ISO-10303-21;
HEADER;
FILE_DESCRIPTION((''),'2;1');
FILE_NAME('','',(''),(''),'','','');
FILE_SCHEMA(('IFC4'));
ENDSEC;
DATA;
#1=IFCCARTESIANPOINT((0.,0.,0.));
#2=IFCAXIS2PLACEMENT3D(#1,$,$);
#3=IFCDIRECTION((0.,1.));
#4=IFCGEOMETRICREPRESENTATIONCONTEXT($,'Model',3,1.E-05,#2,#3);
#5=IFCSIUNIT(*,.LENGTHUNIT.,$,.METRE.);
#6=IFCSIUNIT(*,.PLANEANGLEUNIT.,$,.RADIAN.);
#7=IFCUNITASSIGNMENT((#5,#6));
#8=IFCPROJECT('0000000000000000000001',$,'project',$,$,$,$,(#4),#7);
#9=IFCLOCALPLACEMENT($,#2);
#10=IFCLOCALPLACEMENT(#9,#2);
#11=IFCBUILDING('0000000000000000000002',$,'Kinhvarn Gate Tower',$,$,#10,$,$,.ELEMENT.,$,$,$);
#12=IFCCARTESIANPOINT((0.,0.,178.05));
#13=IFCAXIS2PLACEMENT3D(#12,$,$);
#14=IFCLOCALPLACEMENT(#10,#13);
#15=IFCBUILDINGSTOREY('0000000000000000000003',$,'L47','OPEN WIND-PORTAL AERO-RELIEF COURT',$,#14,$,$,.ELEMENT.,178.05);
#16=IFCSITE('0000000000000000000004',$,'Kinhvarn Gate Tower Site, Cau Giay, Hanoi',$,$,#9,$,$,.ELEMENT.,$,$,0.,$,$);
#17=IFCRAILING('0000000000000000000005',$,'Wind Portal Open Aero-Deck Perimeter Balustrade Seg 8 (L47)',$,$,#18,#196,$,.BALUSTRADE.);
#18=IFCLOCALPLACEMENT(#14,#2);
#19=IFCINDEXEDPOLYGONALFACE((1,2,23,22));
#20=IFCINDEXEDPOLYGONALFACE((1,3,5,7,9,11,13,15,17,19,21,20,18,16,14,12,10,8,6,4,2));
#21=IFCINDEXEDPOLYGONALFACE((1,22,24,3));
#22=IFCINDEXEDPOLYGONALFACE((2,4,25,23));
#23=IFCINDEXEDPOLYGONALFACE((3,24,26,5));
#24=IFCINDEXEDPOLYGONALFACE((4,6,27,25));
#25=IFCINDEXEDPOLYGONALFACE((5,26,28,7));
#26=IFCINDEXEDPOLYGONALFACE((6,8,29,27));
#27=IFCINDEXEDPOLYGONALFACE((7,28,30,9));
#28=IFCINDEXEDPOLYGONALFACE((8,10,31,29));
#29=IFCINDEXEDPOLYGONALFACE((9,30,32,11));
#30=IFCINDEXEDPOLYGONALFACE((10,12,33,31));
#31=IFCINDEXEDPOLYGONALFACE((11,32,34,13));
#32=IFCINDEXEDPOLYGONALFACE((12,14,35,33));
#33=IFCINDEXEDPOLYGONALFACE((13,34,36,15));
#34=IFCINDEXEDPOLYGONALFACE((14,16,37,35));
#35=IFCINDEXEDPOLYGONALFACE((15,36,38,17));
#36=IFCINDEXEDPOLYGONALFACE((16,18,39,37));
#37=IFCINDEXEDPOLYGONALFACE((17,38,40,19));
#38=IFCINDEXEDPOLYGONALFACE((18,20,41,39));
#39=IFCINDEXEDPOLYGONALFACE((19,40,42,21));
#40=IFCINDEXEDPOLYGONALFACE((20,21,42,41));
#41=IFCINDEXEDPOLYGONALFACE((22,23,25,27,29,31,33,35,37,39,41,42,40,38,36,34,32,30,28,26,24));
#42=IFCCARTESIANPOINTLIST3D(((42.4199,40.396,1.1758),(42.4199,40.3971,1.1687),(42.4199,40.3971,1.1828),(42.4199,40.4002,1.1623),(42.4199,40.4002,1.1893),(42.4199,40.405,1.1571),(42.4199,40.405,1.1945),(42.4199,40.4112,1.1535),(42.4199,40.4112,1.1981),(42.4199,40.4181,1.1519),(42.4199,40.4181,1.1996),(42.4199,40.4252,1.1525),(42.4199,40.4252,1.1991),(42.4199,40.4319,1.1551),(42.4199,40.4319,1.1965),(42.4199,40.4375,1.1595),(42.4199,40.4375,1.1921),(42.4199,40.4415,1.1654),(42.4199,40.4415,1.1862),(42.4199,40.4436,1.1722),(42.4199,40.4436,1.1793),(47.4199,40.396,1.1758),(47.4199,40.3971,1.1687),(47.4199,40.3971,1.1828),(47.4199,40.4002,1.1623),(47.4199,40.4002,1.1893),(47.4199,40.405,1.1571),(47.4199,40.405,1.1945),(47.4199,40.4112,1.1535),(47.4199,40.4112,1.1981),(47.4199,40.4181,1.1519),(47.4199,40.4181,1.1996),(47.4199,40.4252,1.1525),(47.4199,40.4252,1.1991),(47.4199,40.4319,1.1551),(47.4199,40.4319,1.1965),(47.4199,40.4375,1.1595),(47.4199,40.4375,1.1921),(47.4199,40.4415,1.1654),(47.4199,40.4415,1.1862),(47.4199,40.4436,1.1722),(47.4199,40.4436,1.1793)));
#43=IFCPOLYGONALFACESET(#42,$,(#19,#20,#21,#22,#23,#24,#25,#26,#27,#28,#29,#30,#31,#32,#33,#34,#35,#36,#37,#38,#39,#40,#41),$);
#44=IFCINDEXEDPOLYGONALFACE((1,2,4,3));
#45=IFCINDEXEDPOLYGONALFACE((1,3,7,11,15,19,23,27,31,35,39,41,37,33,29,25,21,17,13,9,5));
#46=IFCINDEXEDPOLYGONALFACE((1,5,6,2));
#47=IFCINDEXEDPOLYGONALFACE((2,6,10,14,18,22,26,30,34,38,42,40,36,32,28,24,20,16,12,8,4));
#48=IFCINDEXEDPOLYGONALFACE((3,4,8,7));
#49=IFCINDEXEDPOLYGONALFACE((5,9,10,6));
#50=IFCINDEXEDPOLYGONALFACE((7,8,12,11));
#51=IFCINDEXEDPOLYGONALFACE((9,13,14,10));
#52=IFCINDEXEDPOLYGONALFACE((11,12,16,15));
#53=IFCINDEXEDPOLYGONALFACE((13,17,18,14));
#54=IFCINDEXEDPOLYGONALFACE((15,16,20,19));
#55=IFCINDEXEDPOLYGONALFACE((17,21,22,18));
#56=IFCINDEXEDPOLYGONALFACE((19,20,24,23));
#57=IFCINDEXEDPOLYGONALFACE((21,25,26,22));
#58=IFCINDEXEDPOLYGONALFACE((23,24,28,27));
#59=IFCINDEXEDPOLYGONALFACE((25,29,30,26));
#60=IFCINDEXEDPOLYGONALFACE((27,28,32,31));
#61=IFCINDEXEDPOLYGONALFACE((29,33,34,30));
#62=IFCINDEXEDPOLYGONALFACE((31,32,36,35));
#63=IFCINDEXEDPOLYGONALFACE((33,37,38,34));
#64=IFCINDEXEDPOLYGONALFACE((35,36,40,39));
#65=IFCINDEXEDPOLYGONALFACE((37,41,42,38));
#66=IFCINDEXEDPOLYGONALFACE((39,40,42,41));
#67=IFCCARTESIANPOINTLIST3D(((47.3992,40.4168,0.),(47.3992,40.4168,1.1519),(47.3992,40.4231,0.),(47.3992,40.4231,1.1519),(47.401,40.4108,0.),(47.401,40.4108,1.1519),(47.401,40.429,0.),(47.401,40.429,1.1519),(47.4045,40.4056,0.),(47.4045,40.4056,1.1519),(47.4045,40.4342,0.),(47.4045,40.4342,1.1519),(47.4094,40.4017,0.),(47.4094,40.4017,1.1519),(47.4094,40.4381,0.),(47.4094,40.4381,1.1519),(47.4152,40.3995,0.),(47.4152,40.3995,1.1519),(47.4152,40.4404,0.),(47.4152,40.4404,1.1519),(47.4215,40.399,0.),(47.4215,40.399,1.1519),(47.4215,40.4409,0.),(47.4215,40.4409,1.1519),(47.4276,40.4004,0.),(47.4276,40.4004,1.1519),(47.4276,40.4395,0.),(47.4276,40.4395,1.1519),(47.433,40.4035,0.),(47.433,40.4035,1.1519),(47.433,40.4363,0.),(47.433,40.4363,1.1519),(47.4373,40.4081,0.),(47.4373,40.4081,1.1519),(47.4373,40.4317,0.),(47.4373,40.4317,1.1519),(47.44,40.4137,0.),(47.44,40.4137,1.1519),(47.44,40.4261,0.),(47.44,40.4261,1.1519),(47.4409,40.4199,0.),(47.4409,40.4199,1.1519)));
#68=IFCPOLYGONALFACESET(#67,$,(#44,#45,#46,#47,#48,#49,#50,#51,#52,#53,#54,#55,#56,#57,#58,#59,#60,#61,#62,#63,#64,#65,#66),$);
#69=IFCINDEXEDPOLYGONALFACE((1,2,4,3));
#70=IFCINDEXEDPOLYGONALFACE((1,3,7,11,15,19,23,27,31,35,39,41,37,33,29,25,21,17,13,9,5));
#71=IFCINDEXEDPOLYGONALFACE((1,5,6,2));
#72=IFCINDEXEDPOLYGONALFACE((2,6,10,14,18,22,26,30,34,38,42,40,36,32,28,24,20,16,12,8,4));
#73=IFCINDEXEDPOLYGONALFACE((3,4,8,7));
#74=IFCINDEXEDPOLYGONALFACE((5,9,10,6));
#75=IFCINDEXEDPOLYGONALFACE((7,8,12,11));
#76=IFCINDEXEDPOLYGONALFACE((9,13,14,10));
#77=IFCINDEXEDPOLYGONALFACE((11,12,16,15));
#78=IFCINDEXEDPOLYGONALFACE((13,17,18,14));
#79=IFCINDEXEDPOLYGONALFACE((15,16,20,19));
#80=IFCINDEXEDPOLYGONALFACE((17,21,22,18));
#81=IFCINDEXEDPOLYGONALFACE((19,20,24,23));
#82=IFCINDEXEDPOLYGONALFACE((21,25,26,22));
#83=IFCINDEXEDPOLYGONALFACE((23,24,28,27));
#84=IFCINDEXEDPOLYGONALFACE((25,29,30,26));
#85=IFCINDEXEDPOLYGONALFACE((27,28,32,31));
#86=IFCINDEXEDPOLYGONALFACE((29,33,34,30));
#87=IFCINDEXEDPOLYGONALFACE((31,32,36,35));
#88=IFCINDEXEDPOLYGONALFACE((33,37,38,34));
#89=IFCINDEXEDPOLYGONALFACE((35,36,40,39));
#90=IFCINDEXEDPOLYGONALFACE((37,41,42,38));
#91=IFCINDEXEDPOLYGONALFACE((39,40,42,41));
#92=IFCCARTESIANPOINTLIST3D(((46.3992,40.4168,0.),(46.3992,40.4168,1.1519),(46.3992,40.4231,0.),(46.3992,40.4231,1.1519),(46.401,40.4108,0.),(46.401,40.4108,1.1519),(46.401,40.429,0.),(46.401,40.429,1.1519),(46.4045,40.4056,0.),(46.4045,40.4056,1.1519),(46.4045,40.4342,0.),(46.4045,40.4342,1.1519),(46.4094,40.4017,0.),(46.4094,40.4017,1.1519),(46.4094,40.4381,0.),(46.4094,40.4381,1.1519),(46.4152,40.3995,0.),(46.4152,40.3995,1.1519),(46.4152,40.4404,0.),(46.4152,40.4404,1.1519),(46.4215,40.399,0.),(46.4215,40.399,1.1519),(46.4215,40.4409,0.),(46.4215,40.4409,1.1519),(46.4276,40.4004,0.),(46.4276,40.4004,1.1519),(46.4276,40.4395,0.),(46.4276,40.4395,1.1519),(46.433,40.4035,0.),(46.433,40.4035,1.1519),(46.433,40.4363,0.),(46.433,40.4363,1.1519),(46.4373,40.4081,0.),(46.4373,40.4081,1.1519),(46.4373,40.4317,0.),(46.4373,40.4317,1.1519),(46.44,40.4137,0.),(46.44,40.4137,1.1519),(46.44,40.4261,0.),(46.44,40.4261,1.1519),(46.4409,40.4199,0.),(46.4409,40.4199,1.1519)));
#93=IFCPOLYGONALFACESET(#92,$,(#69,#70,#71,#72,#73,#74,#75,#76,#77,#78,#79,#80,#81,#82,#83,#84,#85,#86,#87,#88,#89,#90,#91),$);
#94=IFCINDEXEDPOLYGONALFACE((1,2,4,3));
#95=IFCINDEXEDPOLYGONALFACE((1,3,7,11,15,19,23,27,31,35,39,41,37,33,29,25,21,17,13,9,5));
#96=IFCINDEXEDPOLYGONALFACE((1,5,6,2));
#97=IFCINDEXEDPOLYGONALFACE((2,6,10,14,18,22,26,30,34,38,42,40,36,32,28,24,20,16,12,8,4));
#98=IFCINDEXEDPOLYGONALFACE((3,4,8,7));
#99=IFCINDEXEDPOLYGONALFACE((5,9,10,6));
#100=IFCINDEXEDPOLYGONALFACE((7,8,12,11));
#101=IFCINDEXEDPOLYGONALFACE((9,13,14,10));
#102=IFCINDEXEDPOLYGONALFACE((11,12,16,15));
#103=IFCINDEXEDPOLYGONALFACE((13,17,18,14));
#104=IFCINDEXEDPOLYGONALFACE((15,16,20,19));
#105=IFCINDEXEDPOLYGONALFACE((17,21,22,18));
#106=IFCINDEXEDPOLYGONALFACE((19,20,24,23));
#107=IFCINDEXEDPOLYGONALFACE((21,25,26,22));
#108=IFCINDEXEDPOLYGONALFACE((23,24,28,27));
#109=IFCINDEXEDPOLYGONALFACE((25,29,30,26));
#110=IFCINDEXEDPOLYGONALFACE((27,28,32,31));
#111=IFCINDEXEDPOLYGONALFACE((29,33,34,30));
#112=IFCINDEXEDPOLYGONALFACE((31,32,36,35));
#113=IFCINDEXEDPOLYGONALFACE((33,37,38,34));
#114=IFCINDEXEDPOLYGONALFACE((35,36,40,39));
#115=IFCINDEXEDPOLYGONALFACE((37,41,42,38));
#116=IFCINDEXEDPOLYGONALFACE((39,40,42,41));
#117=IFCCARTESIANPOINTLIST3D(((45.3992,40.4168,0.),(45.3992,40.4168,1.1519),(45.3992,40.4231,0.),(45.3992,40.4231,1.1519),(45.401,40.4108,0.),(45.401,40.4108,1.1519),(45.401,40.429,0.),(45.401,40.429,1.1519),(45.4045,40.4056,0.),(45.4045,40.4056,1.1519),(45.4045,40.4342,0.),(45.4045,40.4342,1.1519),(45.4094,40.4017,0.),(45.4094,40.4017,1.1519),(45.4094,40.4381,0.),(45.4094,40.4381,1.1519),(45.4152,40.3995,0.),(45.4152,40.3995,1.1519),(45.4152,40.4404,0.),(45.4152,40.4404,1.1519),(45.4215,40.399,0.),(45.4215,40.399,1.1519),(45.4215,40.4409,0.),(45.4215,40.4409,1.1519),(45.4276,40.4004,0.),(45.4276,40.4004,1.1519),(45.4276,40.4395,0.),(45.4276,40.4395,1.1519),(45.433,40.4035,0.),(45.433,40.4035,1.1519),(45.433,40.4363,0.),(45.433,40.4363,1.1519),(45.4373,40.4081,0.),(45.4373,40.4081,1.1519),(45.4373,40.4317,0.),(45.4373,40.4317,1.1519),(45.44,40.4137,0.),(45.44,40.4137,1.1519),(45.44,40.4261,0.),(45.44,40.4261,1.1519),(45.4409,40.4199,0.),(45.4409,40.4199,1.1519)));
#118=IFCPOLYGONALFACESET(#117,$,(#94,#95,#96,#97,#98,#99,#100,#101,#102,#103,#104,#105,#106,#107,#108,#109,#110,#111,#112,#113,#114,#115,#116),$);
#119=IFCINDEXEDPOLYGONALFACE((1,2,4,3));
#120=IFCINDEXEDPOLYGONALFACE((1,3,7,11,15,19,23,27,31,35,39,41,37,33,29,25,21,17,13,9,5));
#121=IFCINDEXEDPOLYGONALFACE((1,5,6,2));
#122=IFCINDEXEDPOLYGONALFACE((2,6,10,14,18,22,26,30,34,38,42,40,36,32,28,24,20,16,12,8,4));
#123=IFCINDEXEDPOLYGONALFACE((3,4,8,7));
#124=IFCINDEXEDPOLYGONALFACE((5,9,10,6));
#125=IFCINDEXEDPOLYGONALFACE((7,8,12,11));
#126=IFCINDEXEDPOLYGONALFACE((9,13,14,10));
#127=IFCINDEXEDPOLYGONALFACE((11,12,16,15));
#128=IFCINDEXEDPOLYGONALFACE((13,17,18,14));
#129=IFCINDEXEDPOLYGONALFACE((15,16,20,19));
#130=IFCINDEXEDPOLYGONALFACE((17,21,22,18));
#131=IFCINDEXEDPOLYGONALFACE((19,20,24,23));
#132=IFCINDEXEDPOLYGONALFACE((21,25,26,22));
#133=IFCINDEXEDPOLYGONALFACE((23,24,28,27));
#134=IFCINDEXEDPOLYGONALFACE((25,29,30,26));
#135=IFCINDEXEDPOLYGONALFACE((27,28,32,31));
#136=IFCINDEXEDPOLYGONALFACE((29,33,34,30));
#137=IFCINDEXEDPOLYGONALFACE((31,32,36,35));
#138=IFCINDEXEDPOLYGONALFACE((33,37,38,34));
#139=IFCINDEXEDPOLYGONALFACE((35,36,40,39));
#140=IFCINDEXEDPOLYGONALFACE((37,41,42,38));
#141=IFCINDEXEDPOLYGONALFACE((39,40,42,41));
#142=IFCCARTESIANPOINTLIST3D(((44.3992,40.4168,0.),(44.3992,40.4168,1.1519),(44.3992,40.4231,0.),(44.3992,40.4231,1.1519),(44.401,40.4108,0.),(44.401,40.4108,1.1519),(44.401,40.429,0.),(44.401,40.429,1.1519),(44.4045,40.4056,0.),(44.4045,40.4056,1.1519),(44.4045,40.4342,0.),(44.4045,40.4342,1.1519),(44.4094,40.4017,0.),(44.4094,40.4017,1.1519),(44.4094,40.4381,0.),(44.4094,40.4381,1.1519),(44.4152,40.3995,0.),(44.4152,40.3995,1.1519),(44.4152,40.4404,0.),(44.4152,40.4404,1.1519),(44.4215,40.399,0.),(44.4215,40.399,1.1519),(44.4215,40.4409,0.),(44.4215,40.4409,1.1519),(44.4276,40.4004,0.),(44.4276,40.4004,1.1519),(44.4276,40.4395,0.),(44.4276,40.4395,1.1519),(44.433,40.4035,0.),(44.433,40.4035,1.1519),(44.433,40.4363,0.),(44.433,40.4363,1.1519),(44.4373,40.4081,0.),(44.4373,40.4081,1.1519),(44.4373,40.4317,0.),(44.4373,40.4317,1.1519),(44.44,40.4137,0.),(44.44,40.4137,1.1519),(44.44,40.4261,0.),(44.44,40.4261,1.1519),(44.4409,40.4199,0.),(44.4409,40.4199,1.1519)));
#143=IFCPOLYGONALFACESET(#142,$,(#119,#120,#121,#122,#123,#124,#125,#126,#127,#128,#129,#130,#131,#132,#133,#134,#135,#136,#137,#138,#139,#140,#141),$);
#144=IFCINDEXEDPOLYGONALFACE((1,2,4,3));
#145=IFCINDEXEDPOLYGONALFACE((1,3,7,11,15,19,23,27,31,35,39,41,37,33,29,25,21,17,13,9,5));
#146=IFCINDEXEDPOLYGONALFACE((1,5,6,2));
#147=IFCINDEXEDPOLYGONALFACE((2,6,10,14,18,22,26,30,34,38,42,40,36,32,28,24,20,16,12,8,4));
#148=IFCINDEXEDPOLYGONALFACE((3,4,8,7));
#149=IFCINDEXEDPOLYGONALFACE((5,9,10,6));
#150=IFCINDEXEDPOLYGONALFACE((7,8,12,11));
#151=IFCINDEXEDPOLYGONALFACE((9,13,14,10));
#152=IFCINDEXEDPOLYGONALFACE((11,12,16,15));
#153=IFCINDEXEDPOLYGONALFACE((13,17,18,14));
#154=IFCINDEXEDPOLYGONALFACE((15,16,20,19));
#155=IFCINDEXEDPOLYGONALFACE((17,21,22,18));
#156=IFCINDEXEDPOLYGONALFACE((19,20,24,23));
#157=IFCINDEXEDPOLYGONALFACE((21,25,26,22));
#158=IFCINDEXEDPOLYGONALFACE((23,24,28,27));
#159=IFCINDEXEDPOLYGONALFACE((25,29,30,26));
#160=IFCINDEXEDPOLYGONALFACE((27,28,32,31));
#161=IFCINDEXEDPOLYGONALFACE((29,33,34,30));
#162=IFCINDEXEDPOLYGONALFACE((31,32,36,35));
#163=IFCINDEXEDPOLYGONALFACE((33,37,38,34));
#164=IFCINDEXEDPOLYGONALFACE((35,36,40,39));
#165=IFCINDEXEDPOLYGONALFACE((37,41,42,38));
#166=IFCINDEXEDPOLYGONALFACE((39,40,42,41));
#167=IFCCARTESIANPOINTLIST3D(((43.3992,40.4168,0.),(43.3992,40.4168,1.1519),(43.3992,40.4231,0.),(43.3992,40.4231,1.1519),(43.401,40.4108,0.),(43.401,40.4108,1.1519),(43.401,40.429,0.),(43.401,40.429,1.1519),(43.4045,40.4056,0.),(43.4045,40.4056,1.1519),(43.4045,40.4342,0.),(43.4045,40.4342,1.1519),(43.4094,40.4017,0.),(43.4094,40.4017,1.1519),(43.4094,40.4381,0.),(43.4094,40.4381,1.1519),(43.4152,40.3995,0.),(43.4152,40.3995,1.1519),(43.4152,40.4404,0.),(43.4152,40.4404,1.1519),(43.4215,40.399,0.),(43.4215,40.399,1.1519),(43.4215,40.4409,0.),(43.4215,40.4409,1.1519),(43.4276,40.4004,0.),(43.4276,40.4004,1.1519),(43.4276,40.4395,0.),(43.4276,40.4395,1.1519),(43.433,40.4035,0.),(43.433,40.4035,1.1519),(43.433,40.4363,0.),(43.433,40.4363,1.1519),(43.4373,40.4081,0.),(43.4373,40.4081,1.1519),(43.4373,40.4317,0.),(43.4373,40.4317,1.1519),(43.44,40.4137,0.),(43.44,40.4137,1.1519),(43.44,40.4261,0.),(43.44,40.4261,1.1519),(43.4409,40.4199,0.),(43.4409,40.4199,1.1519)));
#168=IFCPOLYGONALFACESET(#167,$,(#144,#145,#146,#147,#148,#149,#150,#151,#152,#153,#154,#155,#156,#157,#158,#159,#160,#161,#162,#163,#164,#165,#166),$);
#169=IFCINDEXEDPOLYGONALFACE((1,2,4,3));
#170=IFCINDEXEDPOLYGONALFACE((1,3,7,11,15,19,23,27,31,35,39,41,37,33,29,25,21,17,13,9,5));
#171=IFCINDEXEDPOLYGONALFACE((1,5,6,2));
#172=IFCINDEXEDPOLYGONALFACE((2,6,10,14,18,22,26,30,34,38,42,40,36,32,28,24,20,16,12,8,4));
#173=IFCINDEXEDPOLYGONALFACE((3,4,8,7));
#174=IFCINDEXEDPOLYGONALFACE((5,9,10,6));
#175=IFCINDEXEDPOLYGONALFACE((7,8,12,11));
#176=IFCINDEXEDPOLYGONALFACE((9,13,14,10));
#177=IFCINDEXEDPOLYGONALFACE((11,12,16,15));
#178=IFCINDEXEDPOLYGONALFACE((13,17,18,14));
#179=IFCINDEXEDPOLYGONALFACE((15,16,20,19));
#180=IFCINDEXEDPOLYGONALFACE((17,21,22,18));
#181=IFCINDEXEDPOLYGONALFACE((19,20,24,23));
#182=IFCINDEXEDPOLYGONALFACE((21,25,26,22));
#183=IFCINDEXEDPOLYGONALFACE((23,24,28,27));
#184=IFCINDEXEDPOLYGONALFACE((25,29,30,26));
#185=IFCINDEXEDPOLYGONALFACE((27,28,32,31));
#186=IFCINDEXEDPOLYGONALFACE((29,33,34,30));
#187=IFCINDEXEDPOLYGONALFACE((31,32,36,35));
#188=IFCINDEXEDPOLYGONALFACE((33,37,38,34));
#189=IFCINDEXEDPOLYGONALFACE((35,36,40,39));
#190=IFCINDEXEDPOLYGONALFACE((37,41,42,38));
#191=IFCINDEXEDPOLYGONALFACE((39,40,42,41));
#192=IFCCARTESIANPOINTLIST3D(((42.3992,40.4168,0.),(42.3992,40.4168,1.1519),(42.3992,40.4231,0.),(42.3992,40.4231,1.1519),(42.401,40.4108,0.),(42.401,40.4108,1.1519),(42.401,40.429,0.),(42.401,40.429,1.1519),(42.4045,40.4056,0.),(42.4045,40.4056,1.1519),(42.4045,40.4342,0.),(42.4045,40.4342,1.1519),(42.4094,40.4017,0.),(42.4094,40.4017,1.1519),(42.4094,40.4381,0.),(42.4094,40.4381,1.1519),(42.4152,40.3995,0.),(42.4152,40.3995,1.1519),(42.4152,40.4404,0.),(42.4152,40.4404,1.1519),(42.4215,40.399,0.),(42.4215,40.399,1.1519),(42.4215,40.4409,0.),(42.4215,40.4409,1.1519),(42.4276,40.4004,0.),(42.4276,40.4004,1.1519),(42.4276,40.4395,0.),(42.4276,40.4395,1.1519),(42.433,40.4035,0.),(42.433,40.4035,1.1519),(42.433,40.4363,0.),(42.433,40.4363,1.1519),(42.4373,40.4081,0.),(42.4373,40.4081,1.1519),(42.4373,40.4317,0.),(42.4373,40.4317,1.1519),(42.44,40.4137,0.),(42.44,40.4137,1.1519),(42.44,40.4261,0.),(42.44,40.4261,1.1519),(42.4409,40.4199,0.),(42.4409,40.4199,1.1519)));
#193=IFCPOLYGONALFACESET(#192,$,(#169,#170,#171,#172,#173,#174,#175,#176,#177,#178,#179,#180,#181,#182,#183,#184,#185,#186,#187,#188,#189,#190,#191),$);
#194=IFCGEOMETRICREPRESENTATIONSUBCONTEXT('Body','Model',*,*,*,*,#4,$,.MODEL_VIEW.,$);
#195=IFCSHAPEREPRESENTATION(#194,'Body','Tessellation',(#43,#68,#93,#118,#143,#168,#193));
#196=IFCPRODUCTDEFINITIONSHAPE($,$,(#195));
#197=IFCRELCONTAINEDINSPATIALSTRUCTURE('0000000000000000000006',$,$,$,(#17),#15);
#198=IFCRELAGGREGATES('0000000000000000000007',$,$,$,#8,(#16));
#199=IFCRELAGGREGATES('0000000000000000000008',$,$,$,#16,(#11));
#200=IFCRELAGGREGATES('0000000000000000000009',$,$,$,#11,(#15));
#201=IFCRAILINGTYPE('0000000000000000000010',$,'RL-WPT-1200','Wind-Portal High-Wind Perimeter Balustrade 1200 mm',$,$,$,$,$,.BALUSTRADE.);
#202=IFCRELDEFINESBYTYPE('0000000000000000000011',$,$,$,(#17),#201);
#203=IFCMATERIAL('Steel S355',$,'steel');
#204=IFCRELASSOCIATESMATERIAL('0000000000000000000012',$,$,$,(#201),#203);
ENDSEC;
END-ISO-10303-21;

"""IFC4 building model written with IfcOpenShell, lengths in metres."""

from ifc_helpers import new_model, si_unit, direction, frame, origin, origin_2d, place, context, subcontext, project, spatial, circle, extrude, material, type_object, element, save


model = new_model("IFC4")

# Units and contexts
model_context = context("Model", 3, precision=1e-05, world=origin(), true_north=direction((0.0, 1.0)))
body_context = subcontext(model_context, "Body", "Model", "MODEL_VIEW")
ifc_project = project(units=[si_unit("LENGTHUNIT", "METRE"), si_unit("PLANEANGLEUNIT", "RADIAN")], contexts=[model_context])

# Site, building, storey
site_placement = place(None, origin())
site = spatial("IfcSite", under=ifc_project, at=site_placement, Name="Kinhvarn Gate Tower Site, Cau Giay, Hanoi", CompositionType="ELEMENT", RefElevation=0.0)
building_placement = place(site_placement, origin())
building = spatial("IfcBuilding", under=site, at=building_placement, Name="Kinhvarn Gate Tower", CompositionType="ELEMENT")
storey_placement = place(building_placement, frame((0.0, 0.0, 178.05)))
storey = spatial("IfcBuildingStorey", under=building, at=storey_placement, Name="L47", Description="OPEN WIND-PORTAL AERO-RELIEF COURT", CompositionType="ELEMENT", Elevation=178.05)

# Shared definitions
ifc_material_1 = material(Name="Steel S355", Category="steel")

# Railing
railing_type = type_object("IfcRailingType", Name="RL-WPT-1200", Description="Wind-Portal High-Wind Perimeter Balustrade 1200 mm", PredefinedType="BALUSTRADE", material=ifc_material_1)
railing_1_placement = place(storey_placement, frame((47.4199, 40.4199, 0.0)))
element("IfcRailing", 1, at=railing_1_placement, inside=storey, type_object=railing_type, Name="Wind Portal Open Aero-Deck Perimeter Balustrade Seg 8 (L47)", PredefinedType="BALUSTRADE", context=body_context, shape_type="SweptSolid", body=[
    extrude(circle(Radius=0.0239, at=origin_2d()), frame((0.0, 0.0, 1.1758), z_axis=(-1.0, 0.0, 0.0), x_axis=(0.0, -1.0, 0.0)), (0.0, 0.0, 1.0), 5.0),
    extrude(circle(Radius=0.021, at=origin_2d()), origin(), (0.0, 0.0, 1.0), 1.1519),
    extrude(circle(Radius=0.021, at=origin_2d()), frame((-1.0, 0.0, 0.0)), (0.0, 0.0, 1.0), 1.1519),
    extrude(circle(Radius=0.021, at=origin_2d()), frame((-2.0, 0.0, 0.0)), (0.0, 0.0, 1.0), 1.1519),
    extrude(circle(Radius=0.021, at=origin_2d()), frame((-3.0, 0.0, 0.0)), (0.0, 0.0, 1.0), 1.1519),
    extrude(circle(Radius=0.021, at=origin_2d()), frame((-4.0, 0.0, 0.0)), (0.0, 0.0, 1.0), 1.1519),
    extrude(circle(Radius=0.021, at=origin_2d()), frame((-5.0, 0.0, 0.0)), (0.0, 0.0, 1.0), 1.1519),
])

save(model, "model.ifc")
